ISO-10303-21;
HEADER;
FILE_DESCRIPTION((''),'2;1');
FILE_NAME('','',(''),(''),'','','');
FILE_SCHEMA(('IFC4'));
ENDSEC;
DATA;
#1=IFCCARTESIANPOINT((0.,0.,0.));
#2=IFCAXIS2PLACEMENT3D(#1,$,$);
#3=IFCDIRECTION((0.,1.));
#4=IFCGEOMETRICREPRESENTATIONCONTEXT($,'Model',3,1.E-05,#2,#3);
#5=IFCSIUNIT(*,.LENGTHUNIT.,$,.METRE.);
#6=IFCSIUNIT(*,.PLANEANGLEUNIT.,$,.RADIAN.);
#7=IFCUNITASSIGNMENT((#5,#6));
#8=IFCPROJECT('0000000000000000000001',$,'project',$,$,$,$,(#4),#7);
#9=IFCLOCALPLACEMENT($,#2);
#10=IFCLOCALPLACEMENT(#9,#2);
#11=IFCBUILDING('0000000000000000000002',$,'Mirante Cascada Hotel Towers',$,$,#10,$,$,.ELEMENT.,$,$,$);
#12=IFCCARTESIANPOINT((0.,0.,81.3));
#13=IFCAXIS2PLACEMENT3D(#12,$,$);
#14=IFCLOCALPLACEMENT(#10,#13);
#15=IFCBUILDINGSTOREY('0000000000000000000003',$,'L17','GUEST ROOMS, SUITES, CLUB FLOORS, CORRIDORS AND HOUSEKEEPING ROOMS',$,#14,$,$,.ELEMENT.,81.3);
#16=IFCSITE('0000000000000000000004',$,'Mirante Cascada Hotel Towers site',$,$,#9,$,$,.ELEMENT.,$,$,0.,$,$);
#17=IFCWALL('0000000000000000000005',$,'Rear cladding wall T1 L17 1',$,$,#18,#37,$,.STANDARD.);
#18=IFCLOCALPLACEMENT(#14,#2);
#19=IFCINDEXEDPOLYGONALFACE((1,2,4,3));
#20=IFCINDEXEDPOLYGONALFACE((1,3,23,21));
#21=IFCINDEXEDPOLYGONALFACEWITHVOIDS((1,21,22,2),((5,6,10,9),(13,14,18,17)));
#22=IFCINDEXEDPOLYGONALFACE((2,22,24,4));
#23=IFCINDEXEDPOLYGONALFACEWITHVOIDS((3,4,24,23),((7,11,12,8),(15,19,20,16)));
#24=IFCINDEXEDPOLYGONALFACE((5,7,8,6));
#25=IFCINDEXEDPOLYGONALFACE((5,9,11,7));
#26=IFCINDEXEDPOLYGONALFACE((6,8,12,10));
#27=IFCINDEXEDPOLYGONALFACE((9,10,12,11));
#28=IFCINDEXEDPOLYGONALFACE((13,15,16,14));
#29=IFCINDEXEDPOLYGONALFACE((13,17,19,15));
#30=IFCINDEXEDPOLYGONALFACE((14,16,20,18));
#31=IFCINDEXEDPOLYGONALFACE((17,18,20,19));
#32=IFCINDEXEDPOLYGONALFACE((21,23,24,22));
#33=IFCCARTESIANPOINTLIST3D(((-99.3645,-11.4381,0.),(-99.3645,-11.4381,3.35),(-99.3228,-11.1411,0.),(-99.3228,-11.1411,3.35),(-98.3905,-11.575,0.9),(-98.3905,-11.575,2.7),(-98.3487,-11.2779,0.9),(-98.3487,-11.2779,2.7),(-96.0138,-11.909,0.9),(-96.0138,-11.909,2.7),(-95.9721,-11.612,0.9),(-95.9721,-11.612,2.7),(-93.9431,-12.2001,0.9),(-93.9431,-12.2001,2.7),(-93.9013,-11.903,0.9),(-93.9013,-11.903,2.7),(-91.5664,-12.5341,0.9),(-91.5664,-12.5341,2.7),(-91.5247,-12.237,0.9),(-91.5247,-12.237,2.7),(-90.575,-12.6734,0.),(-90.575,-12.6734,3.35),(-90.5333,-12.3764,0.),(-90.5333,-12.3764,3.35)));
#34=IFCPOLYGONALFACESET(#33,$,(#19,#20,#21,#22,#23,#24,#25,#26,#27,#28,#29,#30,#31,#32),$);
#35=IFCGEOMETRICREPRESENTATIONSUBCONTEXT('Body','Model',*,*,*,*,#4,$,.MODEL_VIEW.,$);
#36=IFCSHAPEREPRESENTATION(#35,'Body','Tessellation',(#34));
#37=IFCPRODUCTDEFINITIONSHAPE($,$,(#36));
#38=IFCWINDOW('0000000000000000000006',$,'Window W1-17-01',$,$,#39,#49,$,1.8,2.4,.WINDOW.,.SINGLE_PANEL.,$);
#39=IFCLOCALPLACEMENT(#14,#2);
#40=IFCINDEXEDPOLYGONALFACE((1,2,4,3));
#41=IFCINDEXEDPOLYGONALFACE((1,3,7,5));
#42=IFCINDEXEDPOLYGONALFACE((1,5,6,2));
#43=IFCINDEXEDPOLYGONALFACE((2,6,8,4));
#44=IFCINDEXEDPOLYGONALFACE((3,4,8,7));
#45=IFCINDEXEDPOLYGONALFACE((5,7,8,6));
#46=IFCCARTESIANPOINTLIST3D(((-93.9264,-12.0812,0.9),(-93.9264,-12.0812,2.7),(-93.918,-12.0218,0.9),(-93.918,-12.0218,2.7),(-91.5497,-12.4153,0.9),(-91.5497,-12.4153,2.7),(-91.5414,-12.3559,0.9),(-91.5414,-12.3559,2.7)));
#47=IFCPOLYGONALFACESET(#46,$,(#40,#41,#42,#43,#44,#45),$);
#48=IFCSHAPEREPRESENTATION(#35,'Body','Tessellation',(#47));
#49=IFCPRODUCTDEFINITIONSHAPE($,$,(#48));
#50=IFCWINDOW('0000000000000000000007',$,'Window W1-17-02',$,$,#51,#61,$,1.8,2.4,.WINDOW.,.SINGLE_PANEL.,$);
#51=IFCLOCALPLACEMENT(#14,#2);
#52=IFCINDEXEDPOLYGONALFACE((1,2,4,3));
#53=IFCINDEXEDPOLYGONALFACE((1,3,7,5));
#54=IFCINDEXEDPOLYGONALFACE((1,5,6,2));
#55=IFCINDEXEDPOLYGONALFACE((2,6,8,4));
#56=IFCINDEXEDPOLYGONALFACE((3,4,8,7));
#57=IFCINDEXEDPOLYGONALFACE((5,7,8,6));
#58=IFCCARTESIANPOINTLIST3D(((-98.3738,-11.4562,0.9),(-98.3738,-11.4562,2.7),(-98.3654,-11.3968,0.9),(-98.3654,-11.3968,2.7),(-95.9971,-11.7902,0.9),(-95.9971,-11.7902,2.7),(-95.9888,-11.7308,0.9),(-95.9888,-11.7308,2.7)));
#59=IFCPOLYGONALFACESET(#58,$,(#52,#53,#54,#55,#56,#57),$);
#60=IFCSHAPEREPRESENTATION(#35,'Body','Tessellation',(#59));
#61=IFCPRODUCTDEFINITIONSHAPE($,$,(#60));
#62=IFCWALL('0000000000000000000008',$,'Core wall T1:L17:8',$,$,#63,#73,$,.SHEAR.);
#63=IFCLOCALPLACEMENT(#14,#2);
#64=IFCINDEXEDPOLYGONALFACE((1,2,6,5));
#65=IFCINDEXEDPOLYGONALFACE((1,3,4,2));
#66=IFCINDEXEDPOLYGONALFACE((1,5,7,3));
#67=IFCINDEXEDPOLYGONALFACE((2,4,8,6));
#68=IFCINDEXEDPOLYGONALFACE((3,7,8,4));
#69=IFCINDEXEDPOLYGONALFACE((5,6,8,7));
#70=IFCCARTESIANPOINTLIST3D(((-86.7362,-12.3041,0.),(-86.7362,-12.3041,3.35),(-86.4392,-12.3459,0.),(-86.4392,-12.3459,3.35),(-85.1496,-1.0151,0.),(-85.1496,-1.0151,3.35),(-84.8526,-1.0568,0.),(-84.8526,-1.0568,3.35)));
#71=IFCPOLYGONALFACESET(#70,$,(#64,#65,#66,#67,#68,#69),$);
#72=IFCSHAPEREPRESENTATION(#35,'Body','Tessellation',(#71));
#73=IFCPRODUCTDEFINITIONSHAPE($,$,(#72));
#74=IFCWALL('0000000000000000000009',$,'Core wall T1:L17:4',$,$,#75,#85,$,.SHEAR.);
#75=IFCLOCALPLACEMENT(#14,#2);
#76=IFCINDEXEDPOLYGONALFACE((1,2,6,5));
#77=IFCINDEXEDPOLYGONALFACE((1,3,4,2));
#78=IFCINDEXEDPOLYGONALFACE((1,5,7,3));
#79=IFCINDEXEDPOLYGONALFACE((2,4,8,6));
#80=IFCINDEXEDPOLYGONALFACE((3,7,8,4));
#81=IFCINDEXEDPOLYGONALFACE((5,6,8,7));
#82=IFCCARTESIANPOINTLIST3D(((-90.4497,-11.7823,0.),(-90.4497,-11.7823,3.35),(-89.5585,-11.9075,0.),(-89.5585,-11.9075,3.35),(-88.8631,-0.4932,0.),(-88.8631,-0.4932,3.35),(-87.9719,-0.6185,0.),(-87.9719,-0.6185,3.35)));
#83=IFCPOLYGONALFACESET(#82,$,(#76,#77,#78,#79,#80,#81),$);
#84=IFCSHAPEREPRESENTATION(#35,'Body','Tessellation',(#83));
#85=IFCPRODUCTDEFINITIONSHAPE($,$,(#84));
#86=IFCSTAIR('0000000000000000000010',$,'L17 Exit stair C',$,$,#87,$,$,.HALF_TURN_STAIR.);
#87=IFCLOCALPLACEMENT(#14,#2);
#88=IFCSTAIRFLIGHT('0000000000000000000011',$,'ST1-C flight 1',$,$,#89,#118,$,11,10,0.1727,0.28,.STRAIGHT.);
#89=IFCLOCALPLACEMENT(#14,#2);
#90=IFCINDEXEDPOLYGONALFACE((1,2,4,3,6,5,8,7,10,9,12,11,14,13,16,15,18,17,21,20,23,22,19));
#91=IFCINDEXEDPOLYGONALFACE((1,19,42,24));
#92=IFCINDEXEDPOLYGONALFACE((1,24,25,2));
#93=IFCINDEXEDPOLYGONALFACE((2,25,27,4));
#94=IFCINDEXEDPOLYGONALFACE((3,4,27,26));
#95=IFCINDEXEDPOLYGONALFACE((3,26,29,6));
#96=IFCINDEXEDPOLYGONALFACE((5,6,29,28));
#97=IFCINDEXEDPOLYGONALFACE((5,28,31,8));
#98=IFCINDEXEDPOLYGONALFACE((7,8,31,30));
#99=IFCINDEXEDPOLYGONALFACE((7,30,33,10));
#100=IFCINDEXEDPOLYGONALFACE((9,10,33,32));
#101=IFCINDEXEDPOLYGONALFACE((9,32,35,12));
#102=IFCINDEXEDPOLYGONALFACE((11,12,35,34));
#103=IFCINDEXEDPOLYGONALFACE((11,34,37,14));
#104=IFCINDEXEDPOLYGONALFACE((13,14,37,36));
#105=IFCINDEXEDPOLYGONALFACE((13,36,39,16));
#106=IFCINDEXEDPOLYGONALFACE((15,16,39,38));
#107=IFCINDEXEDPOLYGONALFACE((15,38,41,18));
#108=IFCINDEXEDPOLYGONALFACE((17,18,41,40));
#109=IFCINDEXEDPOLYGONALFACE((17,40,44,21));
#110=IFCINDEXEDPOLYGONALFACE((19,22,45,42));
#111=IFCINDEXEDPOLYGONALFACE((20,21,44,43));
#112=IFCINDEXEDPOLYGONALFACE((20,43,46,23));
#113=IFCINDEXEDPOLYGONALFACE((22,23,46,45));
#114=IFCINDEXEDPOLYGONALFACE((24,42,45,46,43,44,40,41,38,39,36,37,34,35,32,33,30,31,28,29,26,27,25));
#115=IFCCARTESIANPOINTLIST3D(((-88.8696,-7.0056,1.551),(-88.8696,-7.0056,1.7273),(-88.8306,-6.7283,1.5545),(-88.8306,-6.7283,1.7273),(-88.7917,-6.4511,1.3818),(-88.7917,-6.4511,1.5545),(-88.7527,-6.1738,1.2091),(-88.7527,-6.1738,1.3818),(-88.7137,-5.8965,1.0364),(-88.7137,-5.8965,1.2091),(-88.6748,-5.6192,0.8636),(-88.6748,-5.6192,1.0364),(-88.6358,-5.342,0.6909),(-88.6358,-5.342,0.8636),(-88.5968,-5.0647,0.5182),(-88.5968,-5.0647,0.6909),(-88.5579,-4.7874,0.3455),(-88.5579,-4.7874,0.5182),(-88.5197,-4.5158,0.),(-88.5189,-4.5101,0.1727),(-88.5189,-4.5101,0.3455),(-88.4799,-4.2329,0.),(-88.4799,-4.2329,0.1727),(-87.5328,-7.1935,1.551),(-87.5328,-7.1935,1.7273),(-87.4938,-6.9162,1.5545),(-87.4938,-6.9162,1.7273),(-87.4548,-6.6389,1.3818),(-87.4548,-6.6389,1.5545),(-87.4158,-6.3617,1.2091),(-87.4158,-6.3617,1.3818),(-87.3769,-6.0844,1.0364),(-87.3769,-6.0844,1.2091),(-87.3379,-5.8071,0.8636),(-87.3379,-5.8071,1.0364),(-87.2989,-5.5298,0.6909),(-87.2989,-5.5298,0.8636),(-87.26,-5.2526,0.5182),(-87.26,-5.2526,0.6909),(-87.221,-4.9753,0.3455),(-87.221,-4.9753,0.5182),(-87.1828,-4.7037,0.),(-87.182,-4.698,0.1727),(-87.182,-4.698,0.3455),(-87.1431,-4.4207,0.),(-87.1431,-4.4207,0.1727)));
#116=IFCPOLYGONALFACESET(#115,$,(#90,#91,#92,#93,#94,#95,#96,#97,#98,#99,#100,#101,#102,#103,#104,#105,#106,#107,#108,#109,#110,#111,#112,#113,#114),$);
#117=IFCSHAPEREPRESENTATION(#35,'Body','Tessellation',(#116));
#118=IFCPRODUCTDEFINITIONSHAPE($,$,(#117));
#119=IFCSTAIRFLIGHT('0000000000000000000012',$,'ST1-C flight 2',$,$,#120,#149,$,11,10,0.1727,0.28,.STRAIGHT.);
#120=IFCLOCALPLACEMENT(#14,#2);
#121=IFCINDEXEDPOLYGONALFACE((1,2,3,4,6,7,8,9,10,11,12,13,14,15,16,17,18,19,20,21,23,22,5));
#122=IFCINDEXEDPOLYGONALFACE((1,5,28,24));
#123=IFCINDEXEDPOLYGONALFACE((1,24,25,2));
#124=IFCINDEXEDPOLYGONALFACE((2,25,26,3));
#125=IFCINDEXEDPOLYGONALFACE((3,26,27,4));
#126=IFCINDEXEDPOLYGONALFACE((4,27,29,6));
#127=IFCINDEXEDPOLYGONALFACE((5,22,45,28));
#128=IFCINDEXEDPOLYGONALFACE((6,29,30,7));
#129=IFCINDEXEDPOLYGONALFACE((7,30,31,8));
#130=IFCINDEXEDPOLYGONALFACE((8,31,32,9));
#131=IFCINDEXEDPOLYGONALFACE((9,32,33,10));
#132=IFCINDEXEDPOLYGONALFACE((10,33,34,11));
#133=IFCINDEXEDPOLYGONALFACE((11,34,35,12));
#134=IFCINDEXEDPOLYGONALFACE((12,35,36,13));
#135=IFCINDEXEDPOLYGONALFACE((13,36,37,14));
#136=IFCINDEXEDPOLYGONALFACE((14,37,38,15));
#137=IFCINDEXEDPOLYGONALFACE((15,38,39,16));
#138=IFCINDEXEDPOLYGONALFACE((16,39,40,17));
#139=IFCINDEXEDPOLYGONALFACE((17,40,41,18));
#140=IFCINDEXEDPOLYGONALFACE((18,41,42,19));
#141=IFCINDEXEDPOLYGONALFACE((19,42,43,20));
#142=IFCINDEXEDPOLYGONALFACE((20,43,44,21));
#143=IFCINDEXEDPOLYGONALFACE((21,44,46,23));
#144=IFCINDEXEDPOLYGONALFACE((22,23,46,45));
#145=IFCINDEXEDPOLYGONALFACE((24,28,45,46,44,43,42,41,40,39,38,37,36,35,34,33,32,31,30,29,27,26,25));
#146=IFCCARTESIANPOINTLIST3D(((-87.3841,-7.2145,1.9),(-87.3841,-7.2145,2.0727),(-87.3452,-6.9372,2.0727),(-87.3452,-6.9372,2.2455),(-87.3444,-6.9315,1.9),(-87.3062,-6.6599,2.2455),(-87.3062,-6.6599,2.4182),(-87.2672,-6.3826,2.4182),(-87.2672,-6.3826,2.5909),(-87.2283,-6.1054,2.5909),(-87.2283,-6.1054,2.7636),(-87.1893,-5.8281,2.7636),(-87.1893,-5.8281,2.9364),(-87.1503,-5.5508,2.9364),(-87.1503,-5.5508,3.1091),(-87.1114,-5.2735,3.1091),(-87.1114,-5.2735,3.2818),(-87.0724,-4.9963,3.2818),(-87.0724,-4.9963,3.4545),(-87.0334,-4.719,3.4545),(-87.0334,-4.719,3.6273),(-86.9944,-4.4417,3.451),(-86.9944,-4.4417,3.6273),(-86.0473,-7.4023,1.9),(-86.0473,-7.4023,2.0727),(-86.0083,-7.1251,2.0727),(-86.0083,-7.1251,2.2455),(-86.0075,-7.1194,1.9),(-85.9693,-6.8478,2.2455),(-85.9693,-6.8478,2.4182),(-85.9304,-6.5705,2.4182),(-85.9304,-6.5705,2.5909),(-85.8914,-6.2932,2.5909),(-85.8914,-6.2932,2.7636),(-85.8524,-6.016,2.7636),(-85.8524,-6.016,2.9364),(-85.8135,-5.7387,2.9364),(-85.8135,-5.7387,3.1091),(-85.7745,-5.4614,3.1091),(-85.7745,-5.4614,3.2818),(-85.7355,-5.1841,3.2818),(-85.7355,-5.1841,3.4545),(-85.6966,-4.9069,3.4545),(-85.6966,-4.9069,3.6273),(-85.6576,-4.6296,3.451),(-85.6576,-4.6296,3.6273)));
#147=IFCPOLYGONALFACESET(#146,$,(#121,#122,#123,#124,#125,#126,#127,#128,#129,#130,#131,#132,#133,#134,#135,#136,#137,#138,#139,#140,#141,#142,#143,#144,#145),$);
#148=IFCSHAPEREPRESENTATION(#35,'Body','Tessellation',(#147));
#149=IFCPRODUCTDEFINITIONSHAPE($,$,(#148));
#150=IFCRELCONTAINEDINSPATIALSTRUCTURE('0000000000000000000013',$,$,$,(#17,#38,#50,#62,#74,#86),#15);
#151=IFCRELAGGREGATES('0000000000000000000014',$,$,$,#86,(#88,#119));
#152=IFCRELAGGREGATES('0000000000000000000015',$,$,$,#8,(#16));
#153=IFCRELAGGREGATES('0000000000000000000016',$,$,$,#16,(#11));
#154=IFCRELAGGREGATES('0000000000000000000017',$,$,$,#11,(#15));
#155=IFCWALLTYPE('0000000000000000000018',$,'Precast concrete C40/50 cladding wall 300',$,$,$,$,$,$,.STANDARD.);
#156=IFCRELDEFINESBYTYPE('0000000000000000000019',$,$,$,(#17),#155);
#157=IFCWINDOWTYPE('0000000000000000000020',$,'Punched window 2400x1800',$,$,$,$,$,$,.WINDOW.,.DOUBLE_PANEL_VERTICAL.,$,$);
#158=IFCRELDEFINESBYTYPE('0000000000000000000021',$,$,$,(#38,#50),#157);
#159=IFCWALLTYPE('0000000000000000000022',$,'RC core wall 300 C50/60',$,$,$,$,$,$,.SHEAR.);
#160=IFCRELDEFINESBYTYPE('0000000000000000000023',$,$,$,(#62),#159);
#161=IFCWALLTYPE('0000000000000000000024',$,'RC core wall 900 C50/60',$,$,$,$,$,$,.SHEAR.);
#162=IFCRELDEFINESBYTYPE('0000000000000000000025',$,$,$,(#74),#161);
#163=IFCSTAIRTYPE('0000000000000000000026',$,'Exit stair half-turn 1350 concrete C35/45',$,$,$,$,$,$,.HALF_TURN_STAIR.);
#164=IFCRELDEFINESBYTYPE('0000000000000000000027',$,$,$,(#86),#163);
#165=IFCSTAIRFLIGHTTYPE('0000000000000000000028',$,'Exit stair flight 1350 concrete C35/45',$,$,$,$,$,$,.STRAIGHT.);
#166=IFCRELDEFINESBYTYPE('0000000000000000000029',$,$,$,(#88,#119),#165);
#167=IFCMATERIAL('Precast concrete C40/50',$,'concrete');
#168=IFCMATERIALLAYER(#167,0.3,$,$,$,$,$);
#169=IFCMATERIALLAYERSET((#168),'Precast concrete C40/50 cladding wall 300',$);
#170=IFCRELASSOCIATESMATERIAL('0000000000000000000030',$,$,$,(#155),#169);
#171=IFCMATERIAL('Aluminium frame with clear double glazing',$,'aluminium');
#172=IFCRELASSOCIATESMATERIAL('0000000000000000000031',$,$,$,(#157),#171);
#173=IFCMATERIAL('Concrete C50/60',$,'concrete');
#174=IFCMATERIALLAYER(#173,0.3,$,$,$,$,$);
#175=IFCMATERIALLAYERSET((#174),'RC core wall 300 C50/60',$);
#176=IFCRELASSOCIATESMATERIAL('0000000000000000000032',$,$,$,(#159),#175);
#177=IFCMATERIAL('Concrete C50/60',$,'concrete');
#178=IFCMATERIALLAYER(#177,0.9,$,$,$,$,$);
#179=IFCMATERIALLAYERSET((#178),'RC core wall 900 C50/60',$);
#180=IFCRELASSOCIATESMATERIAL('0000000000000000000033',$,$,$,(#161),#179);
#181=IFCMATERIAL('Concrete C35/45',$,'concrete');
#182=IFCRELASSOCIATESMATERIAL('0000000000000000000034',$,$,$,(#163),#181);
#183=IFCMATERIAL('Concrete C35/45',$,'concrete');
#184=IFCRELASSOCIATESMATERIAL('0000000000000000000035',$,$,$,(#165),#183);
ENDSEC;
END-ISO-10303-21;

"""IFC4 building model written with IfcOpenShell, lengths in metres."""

from ifc_helpers import new_model, si_unit, direction, frame, frame_2d, origin, place, context, subcontext, project, spatial, polyline, rectangle, outline, extrude, material, layer, layer_set, type_object, element, fill, aggregate, save


model = new_model("IFC4")

# Units and contexts
model_context = context("Model", 3, precision=1e-05, world=origin(), true_north=direction((0.0, 1.0)))
body_context = subcontext(model_context, "Body", "Model", "MODEL_VIEW")
ifc_project = project(units=[si_unit("LENGTHUNIT", "METRE"), si_unit("PLANEANGLEUNIT", "RADIAN")], contexts=[model_context])

# Site, building, storey
site_placement = place(None, origin())
site = spatial("IfcSite", under=ifc_project, at=site_placement, Name="Mirante Cascada Hotel Towers site", CompositionType="ELEMENT", RefElevation=0.0)
building_placement = place(site_placement, origin())
building = spatial("IfcBuilding", under=site, at=building_placement, Name="Mirante Cascada Hotel Towers", CompositionType="ELEMENT")
storey_placement = place(building_placement, frame((0.0, 0.0, 81.3)))
storey = spatial("IfcBuildingStorey", under=building, at=storey_placement, Name="L17", Description="GUEST ROOMS, SUITES, CLUB FLOORS, CORRIDORS AND HOUSEKEEPING ROOMS", CompositionType="ELEMENT", Elevation=81.3)

# Wall, openings, windows
ifc_material_1 = material(Name="Precast concrete C40/50", Category="concrete")
ifc_layer_1 = layer(ifc_material_1, 0.3)
ifc_layer_set_1 = layer_set([ifc_layer_1], Name="Precast concrete C40/50 cladding wall 300")
wall_type_1 = type_object("IfcWallType", Name="Precast concrete C40/50 cladding wall 300", PredefinedType="STANDARD", material=ifc_layer_set_1)
wall_1_placement = place(storey_placement, frame((-90.5541, -12.5249, 0.0), z_axis=(0.0, 0.0, 1.0), x_axis=(-0.990268, 0.139175, 0.0)))
wall_1 = element("IfcWall", 1, at=wall_1_placement, inside=storey, type_object=wall_type_1, Name="Rear cladding wall T1 L17 1", PredefinedType="STANDARD", context=body_context, shape_type="SweptSolid", body=[
    extrude(rectangle(XDim=8.8759, YDim=0.3, at=frame_2d((4.438, 0.0))), origin(), (0.0, 0.0, 1.0), 3.35),
])
opening_1_placement = place(wall_1_placement, frame((1.0012, 0.0, 0.9)))
opening_1 = element("IfcOpeningElement", 2, at=opening_1_placement, cuts=wall_1, PredefinedType="OPENING", context=body_context, shape_type="SweptSolid", body=[
    extrude(rectangle(XDim=2.4, YDim=1.8, at=frame_2d((1.2, 0.9))), frame((0.0, 0.15, 0.0), z_axis=(0.0, -1.0, 0.0), x_axis=(1.0, 0.0, 0.0)), (0.0, 0.0, 1.0), 0.3),
])
opening_2_placement = place(wall_1_placement, frame((5.4923, 0.0, 0.9)))
opening_2 = element("IfcOpeningElement", 3, at=opening_2_placement, cuts=wall_1, PredefinedType="OPENING", context=body_context, shape_type="SweptSolid", body=[
    extrude(rectangle(XDim=2.4, YDim=1.8, at=frame_2d((1.2, 0.9))), frame((0.0, 0.15, 0.0), z_axis=(0.0, -1.0, 0.0), x_axis=(1.0, 0.0, 0.0)), (0.0, 0.0, 1.0), 0.3),
])
ifc_material_2 = material(Name="Aluminium frame with clear double glazing", Category="aluminium")
window_type = type_object("IfcWindowType", Name="Punched window 2400x1800", PartitioningType="DOUBLE_PANEL_VERTICAL", PredefinedType="WINDOW", material=ifc_material_2)
window_1_placement = place(opening_1_placement, origin())
window_1 = element("IfcWindow", 4, at=window_1_placement, inside=storey, type_object=window_type, Name="Window W1-17-01", OverallHeight=1.8, OverallWidth=2.4, PartitioningType="SINGLE_PANEL", PredefinedType="WINDOW", context=body_context, shape_type="SweptSolid", body=[
    extrude(rectangle(XDim=2.4, YDim=1.8, at=frame_2d((1.2, 0.9))), frame((0.0, 0.03, 0.0), z_axis=(0.0, -1.0, 0.0), x_axis=(1.0, 0.0, 0.0)), (0.0, 0.0, 1.0), 0.06),
])
fill(opening_1, window_1)
window_2_placement = place(opening_2_placement, origin())
window_2 = element("IfcWindow", 5, at=window_2_placement, inside=storey, type_object=window_type, Name="Window W1-17-02", OverallHeight=1.8, OverallWidth=2.4, PartitioningType="SINGLE_PANEL", PredefinedType="WINDOW", context=body_context, shape_type="SweptSolid", body=[
    extrude(rectangle(XDim=2.4, YDim=1.8, at=frame_2d((1.2, 0.9))), frame((0.0, 0.03, 0.0), z_axis=(0.0, -1.0, 0.0), x_axis=(1.0, 0.0, 0.0)), (0.0, 0.0, 1.0), 0.06),
])
fill(opening_2, window_2)

# Walls
ifc_material_3 = material(Name="Concrete C50/60", Category="concrete")
ifc_layer_2 = layer(ifc_material_3, 0.3)
ifc_layer_set_2 = layer_set([ifc_layer_2], Name="RC core wall 300 C50/60")
wall_type_2 = type_object("IfcWallType", Name="RC core wall 300 C50/60", PredefinedType="SHEAR", material=ifc_layer_set_2)
wall_2_placement = place(storey_placement, frame((-86.5877, -12.325, 0.0), z_axis=(0.0, 0.0, 1.0), x_axis=(0.139175, 0.990268, 0.0)))
element("IfcWall", 6, at=wall_2_placement, inside=storey, type_object=wall_type_2, Name="Core wall T1:L17:8", PredefinedType="SHEAR", context=body_context, shape_type="SweptSolid", body=[
    extrude(rectangle(XDim=11.4, YDim=0.3, at=frame_2d((5.7, 0.0))), origin(), (0.0, 0.0, 1.0), 3.35),
])
ifc_material_4 = material(Name="Concrete C50/60", Category="concrete")
ifc_layer_3 = layer(ifc_material_4, 0.9)
ifc_layer_set_3 = layer_set([ifc_layer_3], Name="RC core wall 900 C50/60")
wall_type_3 = type_object("IfcWallType", Name="RC core wall 900 C50/60", PredefinedType="SHEAR", material=ifc_layer_set_3)
wall_3_placement = place(storey_placement, frame((-90.0041, -11.8449, 0.0), z_axis=(0.0, 0.0, 1.0), x_axis=(0.139175, 0.990268, 0.0)))
element("IfcWall", 7, at=wall_3_placement, inside=storey, type_object=wall_type_3, Name="Core wall T1:L17:4", PredefinedType="SHEAR", context=body_context, shape_type="SweptSolid", body=[
    extrude(rectangle(XDim=11.4, YDim=0.9, at=frame_2d((5.7, 0.0))), origin(), (0.0, 0.0, 1.0), 3.35),
])

# Stair, stair flights
ifc_material_5 = material(Name="Concrete C35/45", Category="concrete")
stair_type = type_object("IfcStairType", Name="Exit stair half-turn 1350 concrete C35/45", PredefinedType="HALF_TURN_STAIR", material=ifc_material_5)
stair_placement = place(storey_placement, origin())
stair = element("IfcStair", 8, at=stair_placement, inside=storey, type_object=stair_type, Name="L17 Exit stair C", PredefinedType="HALF_TURN_STAIR")
ifc_material_6 = material(Name="Concrete C35/45", Category="concrete")
stair_flight_type = type_object("IfcStairFlightType", Name="Exit stair flight 1350 concrete C35/45", PredefinedType="STRAIGHT", material=ifc_material_6)
stair_flight_1_placement = place(storey_placement, frame((-87.8115, -4.3268, 0.0), z_axis=(0.0, 0.0, 1.0), x_axis=(-0.139173, -0.990268, 0.0)))
stair_flight_1 = element("IfcStairFlight", 9, at=stair_flight_1_placement, type_object=stair_flight_type, Name="ST1-C flight 1", NumberOfRisers=11, NumberOfTreads=10, PredefinedType="STRAIGHT", RiserHeight=0.1727, TreadLength=0.28, context=body_context, shape_type="SweptSolid", body=[
    extrude(outline(polyline([(0.0, 0.0), (0.0, 0.1727), (0.28, 0.1727), (0.28, 0.3455), (0.56, 0.3455), (0.56, 0.5182), (0.84, 0.5182), (0.84, 0.6909), (1.12, 0.6909), (1.12, 0.8636), (1.4, 0.8636), (1.4, 1.0364), (1.68, 1.0364), (1.68, 1.2091), (1.96, 1.2091), (1.96, 1.3818), (2.24, 1.3818), (2.24, 1.5545), (2.52, 1.5545), (2.52, 1.7273), (2.8, 1.7273), (2.8, 1.9), (2.8, 1.551), (0.2857, 0.0), (0.0, 0.0)])), frame((0.0, 0.675, 0.0), z_axis=(0.0, -1.0, 0.0), x_axis=(1.0, 0.0, 0.0)), (0.0, 0.0, 1.0), 1.35),
])
stair_flight_2_placement = place(storey_placement, frame((-86.7157, -7.3084, 1.9), z_axis=(0.0, 0.0, 1.0), x_axis=(0.139173, 0.990268, 0.0)))
stair_flight_2 = element("IfcStairFlight", 10, at=stair_flight_2_placement, type_object=stair_flight_type, Name="ST1-C flight 2", NumberOfRisers=11, NumberOfTreads=10, PredefinedType="STRAIGHT", RiserHeight=0.1727, TreadLength=0.28, context=body_context, shape_type="SweptSolid", body=[
    extrude(outline(polyline([(0.0, 0.0), (0.0, 0.1727), (0.28, 0.1727), (0.28, 0.3455), (0.56, 0.3455), (0.56, 0.5182), (0.84, 0.5182), (0.84, 0.6909), (1.12, 0.6909), (1.12, 0.8636), (1.4, 0.8636), (1.4, 1.0364), (1.68, 1.0364), (1.68, 1.2091), (1.96, 1.2091), (1.96, 1.3818), (2.24, 1.3818), (2.24, 1.5545), (2.52, 1.5545), (2.52, 1.7273), (2.8, 1.7273), (2.8, 1.9), (2.8, 1.551), (0.2857, 0.0), (0.0, 0.0)])), frame((0.0, 0.675, 0.0), z_axis=(0.0, -1.0, 0.0), x_axis=(1.0, 0.0, 0.0)), (0.0, 0.0, 1.0), 1.35),
])
aggregate(stair, [stair_flight_1, stair_flight_2])

save(model, "model.ifc")
